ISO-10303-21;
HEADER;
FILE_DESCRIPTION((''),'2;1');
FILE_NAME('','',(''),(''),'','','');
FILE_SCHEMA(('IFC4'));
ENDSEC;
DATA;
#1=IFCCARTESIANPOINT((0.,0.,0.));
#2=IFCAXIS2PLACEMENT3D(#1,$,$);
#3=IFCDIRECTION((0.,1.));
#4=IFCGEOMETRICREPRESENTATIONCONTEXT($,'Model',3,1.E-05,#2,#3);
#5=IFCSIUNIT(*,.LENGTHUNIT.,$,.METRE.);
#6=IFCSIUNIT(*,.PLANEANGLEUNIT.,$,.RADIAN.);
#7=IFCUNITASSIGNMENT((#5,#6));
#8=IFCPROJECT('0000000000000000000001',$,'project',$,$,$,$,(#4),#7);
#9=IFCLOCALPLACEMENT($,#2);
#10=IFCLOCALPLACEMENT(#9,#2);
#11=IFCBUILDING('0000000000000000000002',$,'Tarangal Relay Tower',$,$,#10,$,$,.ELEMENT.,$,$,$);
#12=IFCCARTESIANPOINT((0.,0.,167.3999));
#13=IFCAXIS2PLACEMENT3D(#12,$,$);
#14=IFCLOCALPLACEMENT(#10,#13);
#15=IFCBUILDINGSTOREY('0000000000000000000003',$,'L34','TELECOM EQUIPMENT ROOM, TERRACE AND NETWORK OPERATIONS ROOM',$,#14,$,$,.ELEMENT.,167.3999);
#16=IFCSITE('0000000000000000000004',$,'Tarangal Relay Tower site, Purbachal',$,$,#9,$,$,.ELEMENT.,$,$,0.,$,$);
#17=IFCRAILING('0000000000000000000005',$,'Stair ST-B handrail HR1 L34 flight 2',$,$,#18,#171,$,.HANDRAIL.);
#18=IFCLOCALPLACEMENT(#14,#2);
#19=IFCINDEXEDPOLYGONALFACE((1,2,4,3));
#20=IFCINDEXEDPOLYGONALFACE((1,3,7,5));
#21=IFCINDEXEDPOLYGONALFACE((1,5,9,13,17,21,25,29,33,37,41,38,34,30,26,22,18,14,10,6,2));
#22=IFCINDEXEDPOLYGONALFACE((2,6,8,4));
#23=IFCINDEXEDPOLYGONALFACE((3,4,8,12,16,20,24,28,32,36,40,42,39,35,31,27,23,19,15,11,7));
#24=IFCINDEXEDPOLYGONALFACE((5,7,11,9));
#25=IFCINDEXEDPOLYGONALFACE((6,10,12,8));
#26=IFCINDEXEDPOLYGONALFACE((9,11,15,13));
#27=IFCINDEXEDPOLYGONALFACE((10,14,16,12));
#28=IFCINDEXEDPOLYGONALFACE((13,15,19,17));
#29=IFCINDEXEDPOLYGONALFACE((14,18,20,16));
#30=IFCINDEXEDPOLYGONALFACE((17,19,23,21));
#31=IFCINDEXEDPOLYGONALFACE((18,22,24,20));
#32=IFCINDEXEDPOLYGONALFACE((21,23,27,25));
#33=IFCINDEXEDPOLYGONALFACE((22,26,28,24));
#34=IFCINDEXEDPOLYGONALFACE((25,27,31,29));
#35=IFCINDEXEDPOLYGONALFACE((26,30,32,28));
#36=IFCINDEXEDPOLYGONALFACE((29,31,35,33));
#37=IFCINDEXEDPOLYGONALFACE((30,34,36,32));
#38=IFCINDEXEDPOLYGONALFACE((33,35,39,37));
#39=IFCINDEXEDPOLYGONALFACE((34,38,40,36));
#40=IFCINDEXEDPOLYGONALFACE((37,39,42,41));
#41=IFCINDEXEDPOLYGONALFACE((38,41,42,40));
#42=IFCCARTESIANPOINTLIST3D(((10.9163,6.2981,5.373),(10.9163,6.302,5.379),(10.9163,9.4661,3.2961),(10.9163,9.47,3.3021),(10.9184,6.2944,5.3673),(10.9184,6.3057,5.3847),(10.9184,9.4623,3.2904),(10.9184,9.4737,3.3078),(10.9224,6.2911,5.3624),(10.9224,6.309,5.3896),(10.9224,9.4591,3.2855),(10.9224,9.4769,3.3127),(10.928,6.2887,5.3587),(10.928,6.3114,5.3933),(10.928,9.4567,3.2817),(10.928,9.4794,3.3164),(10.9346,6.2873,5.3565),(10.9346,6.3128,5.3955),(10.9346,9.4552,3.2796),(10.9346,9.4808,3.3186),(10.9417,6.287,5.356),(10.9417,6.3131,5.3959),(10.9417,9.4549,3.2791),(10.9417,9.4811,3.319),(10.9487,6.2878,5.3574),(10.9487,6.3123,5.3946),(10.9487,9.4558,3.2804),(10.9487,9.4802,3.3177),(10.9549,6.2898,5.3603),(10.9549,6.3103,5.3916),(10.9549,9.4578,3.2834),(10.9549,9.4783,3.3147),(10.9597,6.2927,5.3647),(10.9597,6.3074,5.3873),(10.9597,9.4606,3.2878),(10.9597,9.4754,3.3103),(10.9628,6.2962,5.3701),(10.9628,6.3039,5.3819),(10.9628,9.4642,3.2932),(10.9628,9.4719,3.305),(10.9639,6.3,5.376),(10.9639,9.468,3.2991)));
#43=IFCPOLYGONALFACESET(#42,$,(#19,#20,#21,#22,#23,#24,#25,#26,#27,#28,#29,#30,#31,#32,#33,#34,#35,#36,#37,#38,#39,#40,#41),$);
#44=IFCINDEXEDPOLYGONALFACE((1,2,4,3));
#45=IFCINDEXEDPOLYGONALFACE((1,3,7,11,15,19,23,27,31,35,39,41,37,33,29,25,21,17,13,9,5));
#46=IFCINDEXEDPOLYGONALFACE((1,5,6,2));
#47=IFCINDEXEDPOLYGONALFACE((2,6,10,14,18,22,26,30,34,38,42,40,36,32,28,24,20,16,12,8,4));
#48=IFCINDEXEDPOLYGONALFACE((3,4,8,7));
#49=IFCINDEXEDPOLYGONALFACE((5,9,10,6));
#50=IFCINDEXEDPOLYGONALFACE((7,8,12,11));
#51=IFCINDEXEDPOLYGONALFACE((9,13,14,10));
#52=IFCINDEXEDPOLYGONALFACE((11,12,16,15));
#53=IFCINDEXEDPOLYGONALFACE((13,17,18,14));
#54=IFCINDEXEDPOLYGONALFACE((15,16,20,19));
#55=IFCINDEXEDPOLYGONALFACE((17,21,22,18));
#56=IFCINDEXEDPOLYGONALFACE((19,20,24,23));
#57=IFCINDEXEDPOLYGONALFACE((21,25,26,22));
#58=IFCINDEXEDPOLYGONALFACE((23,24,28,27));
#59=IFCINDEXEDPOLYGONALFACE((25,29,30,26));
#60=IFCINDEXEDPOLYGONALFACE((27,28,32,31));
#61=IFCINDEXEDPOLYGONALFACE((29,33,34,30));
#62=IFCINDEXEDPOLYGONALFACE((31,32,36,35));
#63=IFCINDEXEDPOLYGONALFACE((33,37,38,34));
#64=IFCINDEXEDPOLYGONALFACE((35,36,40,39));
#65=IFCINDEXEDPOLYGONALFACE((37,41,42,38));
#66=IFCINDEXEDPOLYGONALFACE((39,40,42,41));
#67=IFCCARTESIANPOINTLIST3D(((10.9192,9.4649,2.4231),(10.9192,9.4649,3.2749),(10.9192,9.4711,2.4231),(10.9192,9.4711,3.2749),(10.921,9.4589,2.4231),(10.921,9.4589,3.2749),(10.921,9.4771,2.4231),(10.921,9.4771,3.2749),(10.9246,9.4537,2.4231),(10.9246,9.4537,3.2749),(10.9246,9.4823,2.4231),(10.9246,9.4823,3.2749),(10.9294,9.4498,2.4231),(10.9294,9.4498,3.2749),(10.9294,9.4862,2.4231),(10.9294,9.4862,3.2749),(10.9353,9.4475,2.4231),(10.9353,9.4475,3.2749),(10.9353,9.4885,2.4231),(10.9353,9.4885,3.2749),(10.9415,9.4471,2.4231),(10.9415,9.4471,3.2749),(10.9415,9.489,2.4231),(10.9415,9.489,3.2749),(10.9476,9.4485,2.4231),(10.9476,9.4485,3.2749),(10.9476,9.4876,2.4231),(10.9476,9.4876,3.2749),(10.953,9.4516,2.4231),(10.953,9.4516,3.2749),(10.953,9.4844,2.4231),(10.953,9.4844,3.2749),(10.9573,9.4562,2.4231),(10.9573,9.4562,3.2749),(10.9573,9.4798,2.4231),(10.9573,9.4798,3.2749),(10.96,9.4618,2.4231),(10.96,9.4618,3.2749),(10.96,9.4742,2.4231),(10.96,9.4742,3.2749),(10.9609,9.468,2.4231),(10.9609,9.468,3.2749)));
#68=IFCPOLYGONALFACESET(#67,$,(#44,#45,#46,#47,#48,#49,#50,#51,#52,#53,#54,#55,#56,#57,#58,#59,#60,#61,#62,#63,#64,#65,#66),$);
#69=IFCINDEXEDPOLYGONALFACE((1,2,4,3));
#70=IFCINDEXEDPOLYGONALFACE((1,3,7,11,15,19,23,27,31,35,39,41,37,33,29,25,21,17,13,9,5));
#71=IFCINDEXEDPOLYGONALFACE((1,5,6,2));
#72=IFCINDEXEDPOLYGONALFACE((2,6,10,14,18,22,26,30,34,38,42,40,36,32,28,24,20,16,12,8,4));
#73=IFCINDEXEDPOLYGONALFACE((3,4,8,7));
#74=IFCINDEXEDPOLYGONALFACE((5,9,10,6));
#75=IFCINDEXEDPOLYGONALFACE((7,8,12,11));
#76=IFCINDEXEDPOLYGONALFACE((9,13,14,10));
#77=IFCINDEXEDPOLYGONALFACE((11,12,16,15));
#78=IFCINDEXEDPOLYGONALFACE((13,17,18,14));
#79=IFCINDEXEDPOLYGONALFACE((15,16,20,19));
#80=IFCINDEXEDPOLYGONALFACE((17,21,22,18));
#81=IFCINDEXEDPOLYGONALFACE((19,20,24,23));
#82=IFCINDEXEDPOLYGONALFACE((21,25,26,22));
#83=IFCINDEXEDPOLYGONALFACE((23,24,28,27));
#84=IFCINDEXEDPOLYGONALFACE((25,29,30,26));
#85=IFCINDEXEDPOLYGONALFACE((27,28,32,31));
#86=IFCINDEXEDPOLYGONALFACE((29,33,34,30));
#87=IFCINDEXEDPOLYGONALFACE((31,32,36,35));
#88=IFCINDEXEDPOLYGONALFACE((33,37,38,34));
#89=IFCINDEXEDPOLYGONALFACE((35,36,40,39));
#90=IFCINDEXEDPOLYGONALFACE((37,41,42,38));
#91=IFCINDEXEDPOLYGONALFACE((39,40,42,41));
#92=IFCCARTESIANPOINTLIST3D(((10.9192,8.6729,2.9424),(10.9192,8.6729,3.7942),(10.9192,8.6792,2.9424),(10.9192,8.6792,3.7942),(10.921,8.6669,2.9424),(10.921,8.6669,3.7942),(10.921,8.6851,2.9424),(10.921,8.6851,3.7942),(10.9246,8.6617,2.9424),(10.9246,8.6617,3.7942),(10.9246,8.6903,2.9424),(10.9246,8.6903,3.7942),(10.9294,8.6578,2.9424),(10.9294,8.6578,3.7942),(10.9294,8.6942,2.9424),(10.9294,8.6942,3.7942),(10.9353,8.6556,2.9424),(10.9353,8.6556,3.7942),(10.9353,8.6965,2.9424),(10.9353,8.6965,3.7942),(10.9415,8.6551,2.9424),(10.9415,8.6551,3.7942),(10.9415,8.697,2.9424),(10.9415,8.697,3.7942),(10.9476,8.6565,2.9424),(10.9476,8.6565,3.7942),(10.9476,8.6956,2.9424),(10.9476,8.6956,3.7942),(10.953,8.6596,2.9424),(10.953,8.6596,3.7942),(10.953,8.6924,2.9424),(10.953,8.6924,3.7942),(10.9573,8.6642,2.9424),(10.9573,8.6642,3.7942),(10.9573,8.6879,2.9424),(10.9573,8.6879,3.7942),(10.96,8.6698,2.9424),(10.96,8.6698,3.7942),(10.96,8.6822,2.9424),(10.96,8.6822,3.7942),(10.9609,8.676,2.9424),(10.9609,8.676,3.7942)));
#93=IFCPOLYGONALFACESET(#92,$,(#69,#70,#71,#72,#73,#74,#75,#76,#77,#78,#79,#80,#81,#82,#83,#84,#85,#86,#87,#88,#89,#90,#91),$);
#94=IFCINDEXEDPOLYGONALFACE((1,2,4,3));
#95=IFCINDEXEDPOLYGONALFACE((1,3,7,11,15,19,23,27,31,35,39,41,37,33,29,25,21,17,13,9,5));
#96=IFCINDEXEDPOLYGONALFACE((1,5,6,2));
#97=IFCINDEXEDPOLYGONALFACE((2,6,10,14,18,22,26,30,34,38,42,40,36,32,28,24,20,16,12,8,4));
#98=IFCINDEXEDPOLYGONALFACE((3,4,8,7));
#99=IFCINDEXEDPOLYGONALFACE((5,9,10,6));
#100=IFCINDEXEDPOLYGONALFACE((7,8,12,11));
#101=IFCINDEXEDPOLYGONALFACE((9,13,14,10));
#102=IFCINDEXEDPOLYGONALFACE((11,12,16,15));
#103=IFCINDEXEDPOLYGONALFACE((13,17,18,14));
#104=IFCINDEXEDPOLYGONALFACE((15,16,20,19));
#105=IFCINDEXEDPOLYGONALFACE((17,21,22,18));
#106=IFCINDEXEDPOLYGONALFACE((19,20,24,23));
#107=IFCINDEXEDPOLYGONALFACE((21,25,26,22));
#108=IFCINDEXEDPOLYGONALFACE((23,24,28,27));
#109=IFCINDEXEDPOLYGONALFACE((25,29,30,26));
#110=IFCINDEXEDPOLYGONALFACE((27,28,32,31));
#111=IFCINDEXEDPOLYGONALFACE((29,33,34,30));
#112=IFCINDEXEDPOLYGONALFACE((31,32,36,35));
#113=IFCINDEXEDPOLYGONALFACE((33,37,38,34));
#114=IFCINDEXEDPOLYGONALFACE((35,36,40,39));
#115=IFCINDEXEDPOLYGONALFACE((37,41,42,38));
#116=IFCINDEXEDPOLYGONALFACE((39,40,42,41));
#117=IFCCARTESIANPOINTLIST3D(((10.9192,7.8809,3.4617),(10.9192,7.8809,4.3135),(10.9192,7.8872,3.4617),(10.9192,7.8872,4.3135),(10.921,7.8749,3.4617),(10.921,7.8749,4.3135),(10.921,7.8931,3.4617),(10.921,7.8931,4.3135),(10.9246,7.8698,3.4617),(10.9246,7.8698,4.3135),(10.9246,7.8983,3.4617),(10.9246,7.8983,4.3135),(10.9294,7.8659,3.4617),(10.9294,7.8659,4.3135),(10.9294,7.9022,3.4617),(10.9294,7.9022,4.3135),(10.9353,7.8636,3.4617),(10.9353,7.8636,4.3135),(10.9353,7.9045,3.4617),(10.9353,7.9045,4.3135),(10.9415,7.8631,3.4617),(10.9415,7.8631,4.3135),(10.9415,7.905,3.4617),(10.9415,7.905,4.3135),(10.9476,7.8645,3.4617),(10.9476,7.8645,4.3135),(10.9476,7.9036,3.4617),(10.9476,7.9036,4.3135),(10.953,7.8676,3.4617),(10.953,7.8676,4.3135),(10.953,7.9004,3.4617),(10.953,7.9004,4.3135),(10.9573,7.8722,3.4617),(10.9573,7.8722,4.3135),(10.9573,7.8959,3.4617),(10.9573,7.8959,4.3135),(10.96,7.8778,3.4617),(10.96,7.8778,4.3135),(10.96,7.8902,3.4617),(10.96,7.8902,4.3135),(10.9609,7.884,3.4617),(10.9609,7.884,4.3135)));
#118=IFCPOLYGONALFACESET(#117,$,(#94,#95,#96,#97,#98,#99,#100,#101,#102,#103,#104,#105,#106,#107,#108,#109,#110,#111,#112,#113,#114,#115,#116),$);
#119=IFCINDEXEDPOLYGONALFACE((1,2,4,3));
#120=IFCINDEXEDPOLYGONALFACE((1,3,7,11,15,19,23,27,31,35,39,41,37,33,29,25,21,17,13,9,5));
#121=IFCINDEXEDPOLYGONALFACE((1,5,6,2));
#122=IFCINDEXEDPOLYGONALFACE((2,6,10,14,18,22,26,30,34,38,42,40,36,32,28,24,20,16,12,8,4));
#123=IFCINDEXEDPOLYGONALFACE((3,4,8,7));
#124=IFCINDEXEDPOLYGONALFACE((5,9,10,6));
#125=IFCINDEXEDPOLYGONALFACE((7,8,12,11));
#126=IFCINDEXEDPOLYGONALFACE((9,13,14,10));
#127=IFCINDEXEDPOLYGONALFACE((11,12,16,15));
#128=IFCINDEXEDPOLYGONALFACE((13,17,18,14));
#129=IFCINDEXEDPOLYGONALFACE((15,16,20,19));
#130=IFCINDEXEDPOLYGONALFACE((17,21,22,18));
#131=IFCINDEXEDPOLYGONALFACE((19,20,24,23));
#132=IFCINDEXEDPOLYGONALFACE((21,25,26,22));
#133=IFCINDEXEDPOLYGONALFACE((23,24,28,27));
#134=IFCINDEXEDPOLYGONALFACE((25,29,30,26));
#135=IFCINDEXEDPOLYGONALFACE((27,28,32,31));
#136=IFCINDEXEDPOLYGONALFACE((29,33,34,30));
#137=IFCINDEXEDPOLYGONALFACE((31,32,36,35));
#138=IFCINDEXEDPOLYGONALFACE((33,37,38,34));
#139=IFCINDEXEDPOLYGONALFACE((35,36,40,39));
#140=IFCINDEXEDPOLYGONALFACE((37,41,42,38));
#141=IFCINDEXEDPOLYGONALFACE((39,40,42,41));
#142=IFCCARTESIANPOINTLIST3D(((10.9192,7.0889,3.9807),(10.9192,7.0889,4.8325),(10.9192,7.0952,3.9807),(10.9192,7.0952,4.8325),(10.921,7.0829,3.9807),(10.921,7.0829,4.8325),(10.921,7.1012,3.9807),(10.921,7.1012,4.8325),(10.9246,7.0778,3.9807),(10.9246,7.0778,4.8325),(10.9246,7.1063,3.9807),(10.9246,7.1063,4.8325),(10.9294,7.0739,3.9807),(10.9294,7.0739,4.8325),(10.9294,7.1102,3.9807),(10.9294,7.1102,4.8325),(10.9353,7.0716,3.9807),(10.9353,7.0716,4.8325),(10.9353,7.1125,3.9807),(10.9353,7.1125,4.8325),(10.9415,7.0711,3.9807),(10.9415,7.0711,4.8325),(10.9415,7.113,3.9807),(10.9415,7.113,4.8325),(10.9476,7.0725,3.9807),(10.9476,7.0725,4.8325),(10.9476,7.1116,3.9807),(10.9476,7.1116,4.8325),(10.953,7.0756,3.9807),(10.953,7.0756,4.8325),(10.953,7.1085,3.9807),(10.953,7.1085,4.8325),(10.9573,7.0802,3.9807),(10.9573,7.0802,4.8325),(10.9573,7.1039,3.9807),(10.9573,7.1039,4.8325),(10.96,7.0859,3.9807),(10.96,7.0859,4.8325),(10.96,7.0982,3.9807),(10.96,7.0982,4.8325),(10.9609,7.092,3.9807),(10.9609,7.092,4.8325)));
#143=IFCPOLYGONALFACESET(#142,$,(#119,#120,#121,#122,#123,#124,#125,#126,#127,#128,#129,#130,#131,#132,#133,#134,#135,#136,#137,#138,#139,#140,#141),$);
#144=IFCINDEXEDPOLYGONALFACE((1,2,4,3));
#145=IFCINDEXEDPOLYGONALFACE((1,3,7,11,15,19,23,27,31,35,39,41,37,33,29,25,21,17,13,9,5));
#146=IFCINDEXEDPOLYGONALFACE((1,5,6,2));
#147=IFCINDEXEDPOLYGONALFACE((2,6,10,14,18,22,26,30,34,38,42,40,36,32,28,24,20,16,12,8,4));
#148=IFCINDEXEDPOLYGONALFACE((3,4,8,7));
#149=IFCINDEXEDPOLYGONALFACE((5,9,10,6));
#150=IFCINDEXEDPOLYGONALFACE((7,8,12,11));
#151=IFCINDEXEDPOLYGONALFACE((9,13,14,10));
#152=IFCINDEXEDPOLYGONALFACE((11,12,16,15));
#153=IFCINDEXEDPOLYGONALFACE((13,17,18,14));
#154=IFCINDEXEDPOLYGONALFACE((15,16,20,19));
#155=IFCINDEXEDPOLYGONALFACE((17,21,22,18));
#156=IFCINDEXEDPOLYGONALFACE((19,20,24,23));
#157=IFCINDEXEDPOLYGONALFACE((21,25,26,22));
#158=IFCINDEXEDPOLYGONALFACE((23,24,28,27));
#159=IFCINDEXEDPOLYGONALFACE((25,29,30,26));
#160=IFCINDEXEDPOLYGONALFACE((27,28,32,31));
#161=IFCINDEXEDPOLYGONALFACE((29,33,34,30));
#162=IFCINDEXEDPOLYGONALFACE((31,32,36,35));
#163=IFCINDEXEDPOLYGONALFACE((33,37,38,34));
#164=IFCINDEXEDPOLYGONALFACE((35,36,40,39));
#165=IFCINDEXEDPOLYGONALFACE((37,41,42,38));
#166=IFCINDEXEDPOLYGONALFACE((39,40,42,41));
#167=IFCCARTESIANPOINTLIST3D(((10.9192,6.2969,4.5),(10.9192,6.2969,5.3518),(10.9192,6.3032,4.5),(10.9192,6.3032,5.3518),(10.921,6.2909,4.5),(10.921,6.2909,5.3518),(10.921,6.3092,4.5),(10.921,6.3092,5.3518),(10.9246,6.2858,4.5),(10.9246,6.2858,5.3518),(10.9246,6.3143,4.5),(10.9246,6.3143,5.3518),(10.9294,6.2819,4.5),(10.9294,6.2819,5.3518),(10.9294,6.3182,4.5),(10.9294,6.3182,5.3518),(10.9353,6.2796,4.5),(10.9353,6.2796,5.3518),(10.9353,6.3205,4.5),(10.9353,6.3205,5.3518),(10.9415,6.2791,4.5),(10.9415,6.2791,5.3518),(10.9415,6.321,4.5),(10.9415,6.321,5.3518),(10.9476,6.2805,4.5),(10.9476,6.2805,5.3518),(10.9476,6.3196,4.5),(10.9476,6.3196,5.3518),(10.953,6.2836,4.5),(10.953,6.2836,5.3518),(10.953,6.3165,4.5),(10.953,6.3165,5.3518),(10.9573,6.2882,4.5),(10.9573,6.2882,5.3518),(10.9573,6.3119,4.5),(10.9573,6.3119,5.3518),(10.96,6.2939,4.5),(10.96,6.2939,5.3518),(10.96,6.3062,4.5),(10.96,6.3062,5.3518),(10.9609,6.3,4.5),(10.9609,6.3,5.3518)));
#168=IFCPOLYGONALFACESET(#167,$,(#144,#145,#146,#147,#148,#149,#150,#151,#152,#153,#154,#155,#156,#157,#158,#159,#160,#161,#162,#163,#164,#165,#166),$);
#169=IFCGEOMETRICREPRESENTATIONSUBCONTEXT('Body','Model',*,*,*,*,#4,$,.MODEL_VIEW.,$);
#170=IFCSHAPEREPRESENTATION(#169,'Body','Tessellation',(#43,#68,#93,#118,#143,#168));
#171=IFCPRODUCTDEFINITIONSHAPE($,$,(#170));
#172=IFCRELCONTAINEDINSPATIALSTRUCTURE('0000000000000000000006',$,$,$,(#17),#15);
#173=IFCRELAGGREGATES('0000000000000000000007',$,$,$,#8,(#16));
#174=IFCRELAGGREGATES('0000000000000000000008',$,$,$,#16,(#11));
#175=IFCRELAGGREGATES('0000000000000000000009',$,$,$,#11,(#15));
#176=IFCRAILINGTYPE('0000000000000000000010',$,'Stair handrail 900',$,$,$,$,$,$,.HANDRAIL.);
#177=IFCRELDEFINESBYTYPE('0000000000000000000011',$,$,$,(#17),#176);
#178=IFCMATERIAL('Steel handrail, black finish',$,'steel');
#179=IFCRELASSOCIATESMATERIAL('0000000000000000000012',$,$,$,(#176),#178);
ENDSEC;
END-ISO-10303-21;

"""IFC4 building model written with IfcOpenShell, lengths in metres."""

from ifc_helpers import new_model, si_unit, direction, frame, origin, origin_2d, place, context, subcontext, project, spatial, circle, extrude, material, type_object, element, save


model = new_model("IFC4")

# Units and contexts
model_context = context("Model", 3, precision=1e-05, world=origin(), true_north=direction((0.0, 1.0)))
body_context = subcontext(model_context, "Body", "Model", "MODEL_VIEW")
ifc_project = project(units=[si_unit("LENGTHUNIT", "METRE"), si_unit("PLANEANGLEUNIT", "RADIAN")], contexts=[model_context])

# Site, building, storey
site_placement = place(None, origin())
site = spatial("IfcSite", under=ifc_project, at=site_placement, Name="Tarangal Relay Tower site, Purbachal", CompositionType="ELEMENT", RefElevation=0.0)
building_placement = place(site_placement, origin())
building = spatial("IfcBuilding", under=site, at=building_placement, Name="Tarangal Relay Tower", CompositionType="ELEMENT")
storey_placement = place(building_placement, frame((0.0, 0.0, 167.3999)))
storey = spatial("IfcBuildingStorey", under=building, at=storey_placement, Name="L34", Description="TELECOM EQUIPMENT ROOM, TERRACE AND NETWORK OPERATIONS ROOM", CompositionType="ELEMENT", Elevation=167.3999)

# Railing
ifc_material_1 = material(Name="Steel handrail, black finish", Category="steel")
railing_type_1 = type_object("IfcRailingType", Name="Stair handrail 900", PredefinedType="HANDRAIL", material=ifc_material_1)
railing_1_placement = place(storey_placement, frame((10.9399, 9.468, 2.4231)))
element("IfcRailing", 1, at=railing_1_placement, inside=storey, type_object=railing_type_1, Name="Stair ST-B handrail HR1 L34 flight 2", PredefinedType="HANDRAIL", context=body_context, shape_type="SweptSolid", body=[
    extrude(circle(Radius=0.0239, at=origin_2d()), frame((0.0, 0.0, 0.876), z_axis=(0.0, -0.836299, 0.548273), x_axis=(1.0, 0.0, 0.0)), (0.0, 0.0, 1.0), 3.7881),
    extrude(circle(Radius=0.021, at=origin_2d()), origin(), (0.0, 0.0, 1.0), 0.8518),
    extrude(circle(Radius=0.021, at=origin_2d()), frame((0.0, -0.792, 0.5193)), (0.0, 0.0, 1.0), 0.8518),
    extrude(circle(Radius=0.021, at=origin_2d()), frame((0.0, -1.584, 1.0386)), (0.0, 0.0, 1.0), 0.8518),
    extrude(circle(Radius=0.021, at=origin_2d()), frame((0.0, -2.376, 1.5576)), (0.0, 0.0, 1.0), 0.8518),
    extrude(circle(Radius=0.021, at=origin_2d()), frame((0.0, -3.168, 2.0769)), (0.0, 0.0, 1.0), 0.8518),
])

save(model, "model.ifc")
